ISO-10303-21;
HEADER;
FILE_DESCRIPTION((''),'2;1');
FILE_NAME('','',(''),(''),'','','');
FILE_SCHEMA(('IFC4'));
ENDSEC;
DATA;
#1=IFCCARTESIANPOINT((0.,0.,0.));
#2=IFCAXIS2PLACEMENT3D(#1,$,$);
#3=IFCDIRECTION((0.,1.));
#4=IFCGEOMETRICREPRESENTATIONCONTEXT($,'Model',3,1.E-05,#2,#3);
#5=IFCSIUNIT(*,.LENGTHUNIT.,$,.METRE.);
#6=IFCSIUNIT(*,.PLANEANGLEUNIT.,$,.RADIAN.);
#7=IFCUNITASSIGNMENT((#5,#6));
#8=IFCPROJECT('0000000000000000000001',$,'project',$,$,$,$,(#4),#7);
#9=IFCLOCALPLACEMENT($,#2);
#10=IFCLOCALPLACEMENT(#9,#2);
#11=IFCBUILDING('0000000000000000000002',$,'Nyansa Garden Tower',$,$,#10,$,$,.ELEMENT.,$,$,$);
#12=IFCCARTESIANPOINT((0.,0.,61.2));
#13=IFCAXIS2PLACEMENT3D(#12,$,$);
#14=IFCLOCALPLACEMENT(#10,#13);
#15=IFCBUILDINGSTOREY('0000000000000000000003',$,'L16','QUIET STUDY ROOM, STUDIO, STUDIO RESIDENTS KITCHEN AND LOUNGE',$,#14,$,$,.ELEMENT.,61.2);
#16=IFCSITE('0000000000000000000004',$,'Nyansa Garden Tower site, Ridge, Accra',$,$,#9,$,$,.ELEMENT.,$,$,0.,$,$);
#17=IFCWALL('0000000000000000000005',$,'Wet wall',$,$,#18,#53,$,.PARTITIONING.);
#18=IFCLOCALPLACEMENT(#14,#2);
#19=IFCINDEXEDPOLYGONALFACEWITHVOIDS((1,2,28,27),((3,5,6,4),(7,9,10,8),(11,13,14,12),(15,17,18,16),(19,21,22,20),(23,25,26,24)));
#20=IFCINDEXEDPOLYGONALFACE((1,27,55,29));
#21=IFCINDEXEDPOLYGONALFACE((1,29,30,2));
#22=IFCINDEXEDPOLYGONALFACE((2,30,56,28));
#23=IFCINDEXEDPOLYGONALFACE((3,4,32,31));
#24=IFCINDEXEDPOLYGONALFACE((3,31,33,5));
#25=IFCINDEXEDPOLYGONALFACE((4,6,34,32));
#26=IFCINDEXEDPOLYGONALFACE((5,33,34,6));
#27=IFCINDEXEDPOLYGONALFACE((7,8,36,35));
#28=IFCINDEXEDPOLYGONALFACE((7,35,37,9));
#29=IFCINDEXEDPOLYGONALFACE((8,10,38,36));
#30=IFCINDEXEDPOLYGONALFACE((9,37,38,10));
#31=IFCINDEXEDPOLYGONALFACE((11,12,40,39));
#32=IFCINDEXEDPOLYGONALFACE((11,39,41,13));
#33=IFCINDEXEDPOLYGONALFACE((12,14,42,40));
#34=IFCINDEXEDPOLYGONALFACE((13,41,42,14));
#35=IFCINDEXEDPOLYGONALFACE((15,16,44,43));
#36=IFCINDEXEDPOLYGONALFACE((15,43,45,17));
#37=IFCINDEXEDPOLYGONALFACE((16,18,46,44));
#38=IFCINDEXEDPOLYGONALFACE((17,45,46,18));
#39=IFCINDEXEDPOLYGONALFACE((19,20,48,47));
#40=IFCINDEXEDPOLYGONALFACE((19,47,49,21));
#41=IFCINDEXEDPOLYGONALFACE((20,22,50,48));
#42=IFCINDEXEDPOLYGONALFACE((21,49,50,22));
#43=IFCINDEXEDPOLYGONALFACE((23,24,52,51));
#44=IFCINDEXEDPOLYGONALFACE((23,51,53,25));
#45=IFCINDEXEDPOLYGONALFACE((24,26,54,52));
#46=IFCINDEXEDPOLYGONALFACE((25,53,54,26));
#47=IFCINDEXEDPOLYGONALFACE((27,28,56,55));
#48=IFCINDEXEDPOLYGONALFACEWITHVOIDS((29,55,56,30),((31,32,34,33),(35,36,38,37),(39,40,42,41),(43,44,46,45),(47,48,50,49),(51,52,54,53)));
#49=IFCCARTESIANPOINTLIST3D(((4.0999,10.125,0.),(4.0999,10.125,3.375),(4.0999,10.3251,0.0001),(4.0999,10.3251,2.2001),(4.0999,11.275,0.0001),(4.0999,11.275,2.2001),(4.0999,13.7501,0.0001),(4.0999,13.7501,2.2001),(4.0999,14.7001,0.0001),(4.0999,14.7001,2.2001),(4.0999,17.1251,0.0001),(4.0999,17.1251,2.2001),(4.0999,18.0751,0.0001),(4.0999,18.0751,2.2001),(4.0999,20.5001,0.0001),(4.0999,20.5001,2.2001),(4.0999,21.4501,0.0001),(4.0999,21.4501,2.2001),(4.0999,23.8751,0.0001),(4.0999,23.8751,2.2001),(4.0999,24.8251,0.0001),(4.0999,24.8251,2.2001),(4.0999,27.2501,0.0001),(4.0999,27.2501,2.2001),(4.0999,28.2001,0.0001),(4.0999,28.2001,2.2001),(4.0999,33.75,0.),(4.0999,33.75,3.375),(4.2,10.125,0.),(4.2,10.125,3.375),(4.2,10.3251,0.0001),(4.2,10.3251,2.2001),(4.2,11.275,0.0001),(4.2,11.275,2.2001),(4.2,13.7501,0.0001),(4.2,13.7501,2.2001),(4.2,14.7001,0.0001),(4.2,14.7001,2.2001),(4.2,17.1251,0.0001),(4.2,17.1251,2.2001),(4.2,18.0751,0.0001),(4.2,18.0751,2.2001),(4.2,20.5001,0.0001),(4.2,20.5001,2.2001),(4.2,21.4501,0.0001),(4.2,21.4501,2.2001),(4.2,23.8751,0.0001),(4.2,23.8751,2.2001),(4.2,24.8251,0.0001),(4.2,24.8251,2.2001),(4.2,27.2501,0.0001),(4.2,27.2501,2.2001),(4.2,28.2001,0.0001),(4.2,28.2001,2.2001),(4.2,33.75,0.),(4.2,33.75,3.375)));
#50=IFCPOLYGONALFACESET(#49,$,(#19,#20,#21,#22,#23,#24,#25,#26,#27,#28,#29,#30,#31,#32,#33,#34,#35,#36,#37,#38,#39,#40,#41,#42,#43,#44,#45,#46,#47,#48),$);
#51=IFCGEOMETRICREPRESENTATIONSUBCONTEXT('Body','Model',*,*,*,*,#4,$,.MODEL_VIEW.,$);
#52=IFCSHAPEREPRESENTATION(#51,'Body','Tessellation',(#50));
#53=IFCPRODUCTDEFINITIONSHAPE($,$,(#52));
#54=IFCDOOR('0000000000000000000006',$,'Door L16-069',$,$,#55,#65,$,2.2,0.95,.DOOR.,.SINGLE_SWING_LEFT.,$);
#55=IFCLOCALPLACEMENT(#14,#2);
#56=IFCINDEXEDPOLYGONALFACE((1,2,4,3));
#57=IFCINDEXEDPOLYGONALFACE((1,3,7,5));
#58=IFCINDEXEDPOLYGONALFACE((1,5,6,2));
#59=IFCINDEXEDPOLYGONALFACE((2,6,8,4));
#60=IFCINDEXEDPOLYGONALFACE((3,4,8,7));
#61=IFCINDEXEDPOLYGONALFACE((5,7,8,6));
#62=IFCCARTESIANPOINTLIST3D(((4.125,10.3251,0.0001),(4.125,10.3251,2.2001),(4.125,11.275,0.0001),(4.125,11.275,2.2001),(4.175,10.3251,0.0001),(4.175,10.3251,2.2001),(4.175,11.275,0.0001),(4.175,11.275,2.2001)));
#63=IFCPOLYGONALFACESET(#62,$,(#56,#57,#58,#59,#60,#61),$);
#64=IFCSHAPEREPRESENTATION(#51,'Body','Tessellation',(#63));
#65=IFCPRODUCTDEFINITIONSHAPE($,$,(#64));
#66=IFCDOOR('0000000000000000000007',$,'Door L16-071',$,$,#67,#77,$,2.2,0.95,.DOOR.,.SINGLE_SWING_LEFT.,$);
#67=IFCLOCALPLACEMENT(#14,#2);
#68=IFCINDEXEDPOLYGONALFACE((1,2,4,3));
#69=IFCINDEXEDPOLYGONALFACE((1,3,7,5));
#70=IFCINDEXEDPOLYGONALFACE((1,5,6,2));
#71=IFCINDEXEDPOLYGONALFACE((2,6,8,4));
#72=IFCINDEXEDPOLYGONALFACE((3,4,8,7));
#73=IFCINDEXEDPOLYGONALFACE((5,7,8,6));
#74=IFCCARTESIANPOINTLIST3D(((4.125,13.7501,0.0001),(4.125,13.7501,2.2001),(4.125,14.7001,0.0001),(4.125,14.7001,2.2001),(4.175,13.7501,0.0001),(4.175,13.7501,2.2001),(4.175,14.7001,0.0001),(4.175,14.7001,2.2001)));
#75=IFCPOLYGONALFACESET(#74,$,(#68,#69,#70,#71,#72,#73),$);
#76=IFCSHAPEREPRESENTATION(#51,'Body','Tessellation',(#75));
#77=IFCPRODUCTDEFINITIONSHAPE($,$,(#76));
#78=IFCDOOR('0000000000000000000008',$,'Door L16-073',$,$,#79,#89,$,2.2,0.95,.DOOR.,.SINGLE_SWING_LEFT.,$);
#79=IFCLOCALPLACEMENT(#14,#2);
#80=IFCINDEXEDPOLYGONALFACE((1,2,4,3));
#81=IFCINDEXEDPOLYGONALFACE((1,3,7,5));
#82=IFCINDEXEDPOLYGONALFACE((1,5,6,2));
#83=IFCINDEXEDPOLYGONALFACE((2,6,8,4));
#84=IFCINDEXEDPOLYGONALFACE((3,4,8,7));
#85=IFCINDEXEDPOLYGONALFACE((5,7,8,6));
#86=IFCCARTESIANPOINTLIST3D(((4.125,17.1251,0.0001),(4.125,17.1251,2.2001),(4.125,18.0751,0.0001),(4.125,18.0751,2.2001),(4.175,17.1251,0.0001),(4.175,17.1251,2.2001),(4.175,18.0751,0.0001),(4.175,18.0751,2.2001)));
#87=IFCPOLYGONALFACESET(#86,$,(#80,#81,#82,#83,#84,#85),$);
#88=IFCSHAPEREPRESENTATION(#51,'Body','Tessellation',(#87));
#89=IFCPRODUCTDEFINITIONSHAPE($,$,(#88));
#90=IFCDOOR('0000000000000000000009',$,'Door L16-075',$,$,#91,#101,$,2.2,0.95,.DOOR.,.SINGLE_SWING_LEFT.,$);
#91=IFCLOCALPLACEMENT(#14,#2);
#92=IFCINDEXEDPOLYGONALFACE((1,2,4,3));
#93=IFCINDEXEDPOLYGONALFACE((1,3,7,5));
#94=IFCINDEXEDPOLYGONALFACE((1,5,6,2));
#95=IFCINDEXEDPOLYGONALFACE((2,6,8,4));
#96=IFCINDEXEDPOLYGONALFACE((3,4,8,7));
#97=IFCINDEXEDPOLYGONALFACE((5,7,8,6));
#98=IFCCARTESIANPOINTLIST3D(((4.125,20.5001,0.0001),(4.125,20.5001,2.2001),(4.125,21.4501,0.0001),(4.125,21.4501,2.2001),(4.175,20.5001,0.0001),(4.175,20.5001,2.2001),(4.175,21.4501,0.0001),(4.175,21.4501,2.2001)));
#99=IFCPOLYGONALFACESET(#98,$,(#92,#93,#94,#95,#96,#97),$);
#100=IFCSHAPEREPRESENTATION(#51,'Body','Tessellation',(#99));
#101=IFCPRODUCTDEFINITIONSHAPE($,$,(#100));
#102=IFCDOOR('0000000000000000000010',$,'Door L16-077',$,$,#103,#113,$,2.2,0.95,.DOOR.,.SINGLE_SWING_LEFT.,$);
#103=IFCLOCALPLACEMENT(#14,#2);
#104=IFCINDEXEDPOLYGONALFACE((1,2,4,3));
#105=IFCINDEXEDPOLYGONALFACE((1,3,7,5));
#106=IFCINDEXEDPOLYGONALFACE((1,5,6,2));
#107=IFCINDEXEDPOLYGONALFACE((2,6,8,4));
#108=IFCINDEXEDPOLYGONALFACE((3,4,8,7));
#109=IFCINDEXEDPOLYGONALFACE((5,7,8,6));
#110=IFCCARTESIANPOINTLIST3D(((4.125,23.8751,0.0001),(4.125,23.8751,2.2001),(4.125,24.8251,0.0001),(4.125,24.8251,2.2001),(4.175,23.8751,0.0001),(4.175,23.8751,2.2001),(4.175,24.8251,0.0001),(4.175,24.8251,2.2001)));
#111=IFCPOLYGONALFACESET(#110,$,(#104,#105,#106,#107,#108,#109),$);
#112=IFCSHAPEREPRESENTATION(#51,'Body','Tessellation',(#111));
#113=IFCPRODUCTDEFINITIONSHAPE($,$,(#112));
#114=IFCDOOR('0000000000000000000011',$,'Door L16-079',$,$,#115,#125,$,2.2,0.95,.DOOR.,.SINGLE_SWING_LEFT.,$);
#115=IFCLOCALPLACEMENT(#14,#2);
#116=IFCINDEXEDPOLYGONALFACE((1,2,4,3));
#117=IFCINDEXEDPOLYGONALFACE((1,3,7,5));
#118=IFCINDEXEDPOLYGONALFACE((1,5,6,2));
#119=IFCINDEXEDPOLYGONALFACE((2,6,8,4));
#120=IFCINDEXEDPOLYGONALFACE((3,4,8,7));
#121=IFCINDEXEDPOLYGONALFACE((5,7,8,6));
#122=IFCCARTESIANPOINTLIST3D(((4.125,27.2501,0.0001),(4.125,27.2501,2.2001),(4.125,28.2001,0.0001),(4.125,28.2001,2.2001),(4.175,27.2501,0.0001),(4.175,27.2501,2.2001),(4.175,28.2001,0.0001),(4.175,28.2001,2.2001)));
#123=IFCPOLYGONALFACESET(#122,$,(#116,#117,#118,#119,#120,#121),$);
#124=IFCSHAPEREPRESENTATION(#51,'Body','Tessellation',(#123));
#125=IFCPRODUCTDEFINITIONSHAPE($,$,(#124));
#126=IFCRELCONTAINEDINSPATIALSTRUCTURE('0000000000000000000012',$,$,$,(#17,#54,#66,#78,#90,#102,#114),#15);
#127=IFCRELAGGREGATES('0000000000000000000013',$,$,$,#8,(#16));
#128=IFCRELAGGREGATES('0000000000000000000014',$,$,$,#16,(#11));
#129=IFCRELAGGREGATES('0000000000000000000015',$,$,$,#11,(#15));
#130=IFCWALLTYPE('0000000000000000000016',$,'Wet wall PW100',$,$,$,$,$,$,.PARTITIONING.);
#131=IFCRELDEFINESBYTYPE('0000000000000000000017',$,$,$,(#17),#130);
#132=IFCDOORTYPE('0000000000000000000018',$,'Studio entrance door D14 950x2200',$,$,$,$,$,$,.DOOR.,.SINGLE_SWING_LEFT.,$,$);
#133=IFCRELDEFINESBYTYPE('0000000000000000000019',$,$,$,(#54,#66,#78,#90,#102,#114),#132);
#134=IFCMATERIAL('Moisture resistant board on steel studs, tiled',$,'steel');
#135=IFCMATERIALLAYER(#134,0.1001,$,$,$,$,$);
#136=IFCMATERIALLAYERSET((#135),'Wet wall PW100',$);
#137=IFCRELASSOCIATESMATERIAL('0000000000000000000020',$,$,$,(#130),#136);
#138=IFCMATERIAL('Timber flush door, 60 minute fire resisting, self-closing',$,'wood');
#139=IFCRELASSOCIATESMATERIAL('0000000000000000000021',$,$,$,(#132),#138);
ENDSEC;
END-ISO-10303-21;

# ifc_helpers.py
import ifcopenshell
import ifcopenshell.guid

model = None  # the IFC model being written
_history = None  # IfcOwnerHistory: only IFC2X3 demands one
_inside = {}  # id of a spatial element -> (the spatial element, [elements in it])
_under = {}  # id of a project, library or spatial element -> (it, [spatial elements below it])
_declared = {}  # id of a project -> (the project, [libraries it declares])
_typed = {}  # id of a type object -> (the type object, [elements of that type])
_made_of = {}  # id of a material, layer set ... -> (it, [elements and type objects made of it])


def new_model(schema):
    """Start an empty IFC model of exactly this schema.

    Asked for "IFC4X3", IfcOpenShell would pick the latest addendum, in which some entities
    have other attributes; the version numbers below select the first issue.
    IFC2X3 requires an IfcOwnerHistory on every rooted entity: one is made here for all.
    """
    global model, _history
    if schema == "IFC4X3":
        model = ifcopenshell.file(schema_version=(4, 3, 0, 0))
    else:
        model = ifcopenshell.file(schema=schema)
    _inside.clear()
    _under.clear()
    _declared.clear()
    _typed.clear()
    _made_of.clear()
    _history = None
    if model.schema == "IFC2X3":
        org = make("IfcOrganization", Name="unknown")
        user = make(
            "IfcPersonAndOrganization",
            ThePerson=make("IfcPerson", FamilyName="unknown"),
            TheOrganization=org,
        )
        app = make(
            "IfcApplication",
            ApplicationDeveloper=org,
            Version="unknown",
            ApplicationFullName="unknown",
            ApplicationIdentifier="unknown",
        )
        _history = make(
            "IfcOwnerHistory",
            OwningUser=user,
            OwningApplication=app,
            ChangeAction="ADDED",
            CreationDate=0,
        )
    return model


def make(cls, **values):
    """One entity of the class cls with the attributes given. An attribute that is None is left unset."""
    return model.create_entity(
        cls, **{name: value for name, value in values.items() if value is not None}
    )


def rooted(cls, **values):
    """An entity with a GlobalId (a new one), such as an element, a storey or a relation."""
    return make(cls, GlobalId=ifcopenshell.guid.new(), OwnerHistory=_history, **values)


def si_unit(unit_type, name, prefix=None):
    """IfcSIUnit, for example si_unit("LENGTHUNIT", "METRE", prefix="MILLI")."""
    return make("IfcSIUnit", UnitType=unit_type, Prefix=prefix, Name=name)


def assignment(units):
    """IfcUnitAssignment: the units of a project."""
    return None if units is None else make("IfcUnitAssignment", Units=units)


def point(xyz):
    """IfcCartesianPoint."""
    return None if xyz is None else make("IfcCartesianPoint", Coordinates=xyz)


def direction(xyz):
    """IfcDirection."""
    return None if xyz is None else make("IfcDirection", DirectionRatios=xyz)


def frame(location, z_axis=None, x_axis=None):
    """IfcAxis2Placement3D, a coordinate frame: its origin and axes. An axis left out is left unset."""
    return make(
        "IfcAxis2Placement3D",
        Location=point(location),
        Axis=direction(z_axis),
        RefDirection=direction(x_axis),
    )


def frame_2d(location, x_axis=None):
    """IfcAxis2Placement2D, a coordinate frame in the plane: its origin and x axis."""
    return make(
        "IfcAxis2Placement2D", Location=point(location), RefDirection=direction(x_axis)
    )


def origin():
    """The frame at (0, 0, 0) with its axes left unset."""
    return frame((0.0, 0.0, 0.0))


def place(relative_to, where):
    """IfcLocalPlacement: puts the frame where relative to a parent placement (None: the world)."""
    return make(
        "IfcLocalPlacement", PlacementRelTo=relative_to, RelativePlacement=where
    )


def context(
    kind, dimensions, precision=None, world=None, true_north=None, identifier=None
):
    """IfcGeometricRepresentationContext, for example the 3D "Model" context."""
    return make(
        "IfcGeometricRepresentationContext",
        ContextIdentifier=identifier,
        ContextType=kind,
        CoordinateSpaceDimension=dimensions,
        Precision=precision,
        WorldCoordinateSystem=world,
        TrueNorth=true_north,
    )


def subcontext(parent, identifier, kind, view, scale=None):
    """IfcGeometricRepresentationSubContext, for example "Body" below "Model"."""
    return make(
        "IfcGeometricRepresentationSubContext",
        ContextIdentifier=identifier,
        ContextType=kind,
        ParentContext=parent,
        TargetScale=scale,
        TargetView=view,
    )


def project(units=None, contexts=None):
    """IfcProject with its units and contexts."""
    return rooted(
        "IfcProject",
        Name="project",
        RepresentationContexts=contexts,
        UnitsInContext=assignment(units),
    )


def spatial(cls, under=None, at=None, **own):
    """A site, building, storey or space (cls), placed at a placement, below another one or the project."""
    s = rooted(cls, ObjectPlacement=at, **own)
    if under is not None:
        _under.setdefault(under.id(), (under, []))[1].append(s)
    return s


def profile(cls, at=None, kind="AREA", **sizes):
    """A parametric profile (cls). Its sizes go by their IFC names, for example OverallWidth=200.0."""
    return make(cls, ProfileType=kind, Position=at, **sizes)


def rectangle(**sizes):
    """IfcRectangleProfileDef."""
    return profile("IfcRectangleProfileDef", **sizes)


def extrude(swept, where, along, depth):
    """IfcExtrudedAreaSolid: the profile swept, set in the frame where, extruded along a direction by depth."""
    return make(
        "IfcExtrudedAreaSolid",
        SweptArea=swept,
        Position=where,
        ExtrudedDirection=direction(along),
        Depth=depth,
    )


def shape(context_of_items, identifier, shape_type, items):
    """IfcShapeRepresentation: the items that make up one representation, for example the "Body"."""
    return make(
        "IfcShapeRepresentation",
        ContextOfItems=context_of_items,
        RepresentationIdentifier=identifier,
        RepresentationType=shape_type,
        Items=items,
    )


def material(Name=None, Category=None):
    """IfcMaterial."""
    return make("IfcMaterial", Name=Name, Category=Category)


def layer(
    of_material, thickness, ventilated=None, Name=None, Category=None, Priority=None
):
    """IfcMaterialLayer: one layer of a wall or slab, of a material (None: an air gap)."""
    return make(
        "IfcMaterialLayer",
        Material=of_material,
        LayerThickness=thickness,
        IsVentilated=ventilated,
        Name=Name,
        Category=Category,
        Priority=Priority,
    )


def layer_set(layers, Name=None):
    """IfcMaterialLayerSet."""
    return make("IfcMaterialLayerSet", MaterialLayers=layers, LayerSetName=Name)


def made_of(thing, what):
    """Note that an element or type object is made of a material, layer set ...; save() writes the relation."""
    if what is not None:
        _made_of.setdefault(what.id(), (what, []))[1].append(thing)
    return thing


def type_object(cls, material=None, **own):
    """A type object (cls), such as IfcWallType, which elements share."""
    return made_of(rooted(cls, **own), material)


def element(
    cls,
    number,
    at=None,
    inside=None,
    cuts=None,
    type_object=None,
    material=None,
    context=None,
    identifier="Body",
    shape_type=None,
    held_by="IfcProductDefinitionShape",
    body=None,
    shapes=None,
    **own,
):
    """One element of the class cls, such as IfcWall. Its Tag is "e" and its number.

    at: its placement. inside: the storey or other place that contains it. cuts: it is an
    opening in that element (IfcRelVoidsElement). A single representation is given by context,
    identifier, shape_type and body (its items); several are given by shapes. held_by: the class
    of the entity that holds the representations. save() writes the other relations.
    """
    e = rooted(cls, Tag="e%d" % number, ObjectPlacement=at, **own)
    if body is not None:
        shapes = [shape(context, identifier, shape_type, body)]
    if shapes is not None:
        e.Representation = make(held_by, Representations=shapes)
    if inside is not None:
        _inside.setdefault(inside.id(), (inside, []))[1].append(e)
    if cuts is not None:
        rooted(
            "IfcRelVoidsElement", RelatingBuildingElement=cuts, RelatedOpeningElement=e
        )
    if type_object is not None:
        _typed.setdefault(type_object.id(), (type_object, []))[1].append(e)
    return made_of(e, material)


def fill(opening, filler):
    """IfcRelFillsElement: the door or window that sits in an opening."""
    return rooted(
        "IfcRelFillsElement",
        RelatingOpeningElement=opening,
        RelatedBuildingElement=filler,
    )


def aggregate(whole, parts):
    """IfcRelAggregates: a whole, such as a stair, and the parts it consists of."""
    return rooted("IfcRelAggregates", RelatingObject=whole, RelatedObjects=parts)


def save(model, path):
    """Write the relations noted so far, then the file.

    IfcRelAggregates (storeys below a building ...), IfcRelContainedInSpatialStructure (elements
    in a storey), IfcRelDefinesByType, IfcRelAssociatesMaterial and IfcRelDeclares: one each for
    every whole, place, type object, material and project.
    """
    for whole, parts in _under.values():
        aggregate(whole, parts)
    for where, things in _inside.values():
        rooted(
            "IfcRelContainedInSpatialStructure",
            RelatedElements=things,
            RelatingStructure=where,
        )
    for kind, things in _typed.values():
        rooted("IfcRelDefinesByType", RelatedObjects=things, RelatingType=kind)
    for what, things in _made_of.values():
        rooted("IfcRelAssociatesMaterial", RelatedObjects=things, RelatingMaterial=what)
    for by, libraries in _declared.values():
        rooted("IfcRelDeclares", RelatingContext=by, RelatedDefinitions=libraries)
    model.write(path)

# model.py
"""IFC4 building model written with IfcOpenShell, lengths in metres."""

from ifc_helpers import new_model, si_unit, direction, frame, frame_2d, origin, place, context, subcontext, project, spatial, rectangle, extrude, material, layer, layer_set, type_object, element, fill, save


model = new_model("IFC4")

# Units and contexts
model_context = context("Model", 3, precision=1e-05, world=origin(), true_north=direction((0.0, 1.0)))
body_context = subcontext(model_context, "Body", "Model", "MODEL_VIEW")
ifc_project = project(units=[si_unit("LENGTHUNIT", "METRE"), si_unit("PLANEANGLEUNIT", "RADIAN")], contexts=[model_context])

# Site, building, storey
site_placement = place(None, origin())
site = spatial("IfcSite", under=ifc_project, at=site_placement, Name="Nyansa Garden Tower site, Ridge, Accra", CompositionType="ELEMENT", RefElevation=0.0)
building_placement = place(site_placement, origin())
building = spatial("IfcBuilding", under=site, at=building_placement, Name="Nyansa Garden Tower", CompositionType="ELEMENT")
storey_placement = place(building_placement, frame((0.0, 0.0, 61.2)))
storey = spatial("IfcBuildingStorey", under=building, at=storey_placement, Name="L16", Description="QUIET STUDY ROOM, STUDIO, STUDIO RESIDENTS KITCHEN AND LOUNGE", CompositionType="ELEMENT", Elevation=61.2)

# Shared definitions
ifc_material_1 = material(Name="Moisture resistant board on steel studs, tiled", Category="steel")
ifc_layer_1 = layer(ifc_material_1, 0.1001)
ifc_layer_set_1 = layer_set([ifc_layer_1], Name="Wet wall PW100")
wall_type_1 = type_object("IfcWallType", Name="Wet wall PW100", PredefinedType="PARTITIONING", material=ifc_layer_set_1)

# Wall, openings, doors
wall_1_placement = place(storey_placement, frame((4.1499, 10.125, 0.0), z_axis=(0.0, 0.0, 1.0), x_axis=(0.0, 1.0, 0.0)))
wall_1 = element("IfcWall", 1, at=wall_1_placement, inside=storey, type_object=wall_type_1, Name="Wet wall", PredefinedType="PARTITIONING", context=body_context, shape_type="SweptSolid", body=[
    extrude(rectangle(XDim=23.625, YDim=0.1001, at=frame_2d((11.8125, 0.0))), origin(), (0.0, 0.0, 1.0), 3.375),
])
opening_1_placement = place(wall_1_placement, frame((0.2, 0.0, 0.0)))
opening_1 = element("IfcOpeningElement", 2, at=opening_1_placement, cuts=wall_1, PredefinedType="OPENING", context=body_context, shape_type="SweptSolid", body=[
    extrude(rectangle(XDim=0.95, YDim=2.2, at=frame_2d((0.4751, 1.1001))), frame((0.0, 0.0601, 0.0), z_axis=(0.0, -1.0, 0.0), x_axis=(1.0, 0.0, 0.0)), (0.0, 0.0, 1.0), 0.1201),
])
opening_2_placement = place(wall_1_placement, frame((3.625, 0.0, 0.0)))
opening_2 = element("IfcOpeningElement", 3, at=opening_2_placement, cuts=wall_1, PredefinedType="OPENING", context=body_context, shape_type="SweptSolid", body=[
    extrude(rectangle(XDim=0.95, YDim=2.2, at=frame_2d((0.4751, 1.1001))), frame((0.0, 0.0601, 0.0), z_axis=(0.0, -1.0, 0.0), x_axis=(1.0, 0.0, 0.0)), (0.0, 0.0, 1.0), 0.1201),
])
opening_3_placement = place(wall_1_placement, frame((7.0, 0.0, 0.0)))
opening_3 = element("IfcOpeningElement", 4, at=opening_3_placement, cuts=wall_1, PredefinedType="OPENING", context=body_context, shape_type="SweptSolid", body=[
    extrude(rectangle(XDim=0.95, YDim=2.2, at=frame_2d((0.4751, 1.1001))), frame((0.0, 0.0601, 0.0), z_axis=(0.0, -1.0, 0.0), x_axis=(1.0, 0.0, 0.0)), (0.0, 0.0, 1.0), 0.1201),
])
opening_4_placement = place(wall_1_placement, frame((10.375, 0.0, 0.0)))
opening_4 = element("IfcOpeningElement", 5, at=opening_4_placement, cuts=wall_1, PredefinedType="OPENING", context=body_context, shape_type="SweptSolid", body=[
    extrude(rectangle(XDim=0.95, YDim=2.2, at=frame_2d((0.4751, 1.1001))), frame((0.0, 0.0601, 0.0), z_axis=(0.0, -1.0, 0.0), x_axis=(1.0, 0.0, 0.0)), (0.0, 0.0, 1.0), 0.1201),
])
opening_5_placement = place(wall_1_placement, frame((13.75, 0.0, 0.0)))
opening_5 = element("IfcOpeningElement", 6, at=opening_5_placement, cuts=wall_1, PredefinedType="OPENING", context=body_context, shape_type="SweptSolid", body=[
    extrude(rectangle(XDim=0.95, YDim=2.2, at=frame_2d((0.4751, 1.1001))), frame((0.0, 0.0601, 0.0), z_axis=(0.0, -1.0, 0.0), x_axis=(1.0, 0.0, 0.0)), (0.0, 0.0, 1.0), 0.1201),
])
opening_6_placement = place(wall_1_placement, frame((17.125, 0.0, 0.0)))
opening_6 = element("IfcOpeningElement", 7, at=opening_6_placement, cuts=wall_1, PredefinedType="OPENING", context=body_context, shape_type="SweptSolid", body=[
    extrude(rectangle(XDim=0.95, YDim=2.2, at=frame_2d((0.4751, 1.1001))), frame((0.0, 0.0601, 0.0), z_axis=(0.0, -1.0, 0.0), x_axis=(1.0, 0.0, 0.0)), (0.0, 0.0, 1.0), 0.1201),
])
ifc_material_2 = material(Name="Timber flush door, 60 minute fire resisting, self-closing", Category="wood")
door_type_1 = type_object("IfcDoorType", Name="Studio entrance door D14 950x2200", OperationType="SINGLE_SWING_LEFT", PredefinedType="DOOR", material=ifc_material_2)
door_1_placement = place(opening_1_placement, origin())
door_1 = element("IfcDoor", 8, at=door_1_placement, inside=storey, type_object=door_type_1, Name="Door L16-069", OperationType="SINGLE_SWING_LEFT", OverallHeight=2.2, OverallWidth=0.95, PredefinedType="DOOR", context=body_context, shape_type="SweptSolid", body=[
    extrude(rectangle(XDim=0.95, YDim=2.2, at=frame_2d((0.4751, 1.1001))), frame((0.0, 0.0249, 0.0), z_axis=(0.0, -1.0, 0.0), x_axis=(1.0, 0.0, 0.0)), (0.0, 0.0, 1.0), 0.05),
])
fill(opening_1, door_1)
door_2_placement = place(opening_2_placement, origin())
door_2 = element("IfcDoor", 9, at=door_2_placement, inside=storey, type_object=door_type_1, Name="Door L16-071", OperationType="SINGLE_SWING_LEFT", OverallHeight=2.2, OverallWidth=0.95, PredefinedType="DOOR", context=body_context, shape_type="SweptSolid", body=[
    extrude(rectangle(XDim=0.95, YDim=2.2, at=frame_2d((0.4751, 1.1001))), frame((0.0, 0.0249, 0.0), z_axis=(0.0, -1.0, 0.0), x_axis=(1.0, 0.0, 0.0)), (0.0, 0.0, 1.0), 0.05),
])
fill(opening_2, door_2)
door_3_placement = place(opening_3_placement, origin())
door_3 = element("IfcDoor", 10, at=door_3_placement, inside=storey, type_object=door_type_1, Name="Door L16-073", OperationType="SINGLE_SWING_LEFT", OverallHeight=2.2, OverallWidth=0.95, PredefinedType="DOOR", context=body_context, shape_type="SweptSolid", body=[
    extrude(rectangle(XDim=0.95, YDim=2.2, at=frame_2d((0.4751, 1.1001))), frame((0.0, 0.0249, 0.0), z_axis=(0.0, -1.0, 0.0), x_axis=(1.0, 0.0, 0.0)), (0.0, 0.0, 1.0), 0.05),
])
fill(opening_3, door_3)
door_4_placement = place(opening_4_placement, origin())
door_4 = element("IfcDoor", 11, at=door_4_placement, inside=storey, type_object=door_type_1, Name="Door L16-075", OperationType="SINGLE_SWING_LEFT", OverallHeight=2.2, OverallWidth=0.95, PredefinedType="DOOR", context=body_context, shape_type="SweptSolid", body=[
    extrude(rectangle(XDim=0.95, YDim=2.2, at=frame_2d((0.4751, 1.1001))), frame((0.0, 0.0249, 0.0), z_axis=(0.0, -1.0, 0.0), x_axis=(1.0, 0.0, 0.0)), (0.0, 0.0, 1.0), 0.05),
])
fill(opening_4, door_4)
door_5_placement = place(opening_5_placement, origin())
door_5 = element("IfcDoor", 12, at=door_5_placement, inside=storey, type_object=door_type_1, Name="Door L16-077", OperationType="SINGLE_SWING_LEFT", OverallHeight=2.2, OverallWidth=0.95, PredefinedType="DOOR", context=body_context, shape_type="SweptSolid", body=[
    extrude(rectangle(XDim=0.95, YDim=2.2, at=frame_2d((0.4751, 1.1001))), frame((0.0, 0.0249, 0.0), z_axis=(0.0, -1.0, 0.0), x_axis=(1.0, 0.0, 0.0)), (0.0, 0.0, 1.0), 0.05),
])
fill(opening_5, door_5)
door_6_placement = place(opening_6_placement, origin())
door_6 = element("IfcDoor", 13, at=door_6_placement, inside=storey, type_object=door_type_1, Name="Door L16-079", OperationType="SINGLE_SWING_LEFT", OverallHeight=2.2, OverallWidth=0.95, PredefinedType="DOOR", context=body_context, shape_type="SweptSolid", body=[
    extrude(rectangle(XDim=0.95, YDim=2.2, at=frame_2d((0.4751, 1.1001))), frame((0.0, 0.0249, 0.0), z_axis=(0.0, -1.0, 0.0), x_axis=(1.0, 0.0, 0.0)), (0.0, 0.0, 1.0), 0.05),
])
fill(opening_6, door_6)

save(model, "model.ifc")
